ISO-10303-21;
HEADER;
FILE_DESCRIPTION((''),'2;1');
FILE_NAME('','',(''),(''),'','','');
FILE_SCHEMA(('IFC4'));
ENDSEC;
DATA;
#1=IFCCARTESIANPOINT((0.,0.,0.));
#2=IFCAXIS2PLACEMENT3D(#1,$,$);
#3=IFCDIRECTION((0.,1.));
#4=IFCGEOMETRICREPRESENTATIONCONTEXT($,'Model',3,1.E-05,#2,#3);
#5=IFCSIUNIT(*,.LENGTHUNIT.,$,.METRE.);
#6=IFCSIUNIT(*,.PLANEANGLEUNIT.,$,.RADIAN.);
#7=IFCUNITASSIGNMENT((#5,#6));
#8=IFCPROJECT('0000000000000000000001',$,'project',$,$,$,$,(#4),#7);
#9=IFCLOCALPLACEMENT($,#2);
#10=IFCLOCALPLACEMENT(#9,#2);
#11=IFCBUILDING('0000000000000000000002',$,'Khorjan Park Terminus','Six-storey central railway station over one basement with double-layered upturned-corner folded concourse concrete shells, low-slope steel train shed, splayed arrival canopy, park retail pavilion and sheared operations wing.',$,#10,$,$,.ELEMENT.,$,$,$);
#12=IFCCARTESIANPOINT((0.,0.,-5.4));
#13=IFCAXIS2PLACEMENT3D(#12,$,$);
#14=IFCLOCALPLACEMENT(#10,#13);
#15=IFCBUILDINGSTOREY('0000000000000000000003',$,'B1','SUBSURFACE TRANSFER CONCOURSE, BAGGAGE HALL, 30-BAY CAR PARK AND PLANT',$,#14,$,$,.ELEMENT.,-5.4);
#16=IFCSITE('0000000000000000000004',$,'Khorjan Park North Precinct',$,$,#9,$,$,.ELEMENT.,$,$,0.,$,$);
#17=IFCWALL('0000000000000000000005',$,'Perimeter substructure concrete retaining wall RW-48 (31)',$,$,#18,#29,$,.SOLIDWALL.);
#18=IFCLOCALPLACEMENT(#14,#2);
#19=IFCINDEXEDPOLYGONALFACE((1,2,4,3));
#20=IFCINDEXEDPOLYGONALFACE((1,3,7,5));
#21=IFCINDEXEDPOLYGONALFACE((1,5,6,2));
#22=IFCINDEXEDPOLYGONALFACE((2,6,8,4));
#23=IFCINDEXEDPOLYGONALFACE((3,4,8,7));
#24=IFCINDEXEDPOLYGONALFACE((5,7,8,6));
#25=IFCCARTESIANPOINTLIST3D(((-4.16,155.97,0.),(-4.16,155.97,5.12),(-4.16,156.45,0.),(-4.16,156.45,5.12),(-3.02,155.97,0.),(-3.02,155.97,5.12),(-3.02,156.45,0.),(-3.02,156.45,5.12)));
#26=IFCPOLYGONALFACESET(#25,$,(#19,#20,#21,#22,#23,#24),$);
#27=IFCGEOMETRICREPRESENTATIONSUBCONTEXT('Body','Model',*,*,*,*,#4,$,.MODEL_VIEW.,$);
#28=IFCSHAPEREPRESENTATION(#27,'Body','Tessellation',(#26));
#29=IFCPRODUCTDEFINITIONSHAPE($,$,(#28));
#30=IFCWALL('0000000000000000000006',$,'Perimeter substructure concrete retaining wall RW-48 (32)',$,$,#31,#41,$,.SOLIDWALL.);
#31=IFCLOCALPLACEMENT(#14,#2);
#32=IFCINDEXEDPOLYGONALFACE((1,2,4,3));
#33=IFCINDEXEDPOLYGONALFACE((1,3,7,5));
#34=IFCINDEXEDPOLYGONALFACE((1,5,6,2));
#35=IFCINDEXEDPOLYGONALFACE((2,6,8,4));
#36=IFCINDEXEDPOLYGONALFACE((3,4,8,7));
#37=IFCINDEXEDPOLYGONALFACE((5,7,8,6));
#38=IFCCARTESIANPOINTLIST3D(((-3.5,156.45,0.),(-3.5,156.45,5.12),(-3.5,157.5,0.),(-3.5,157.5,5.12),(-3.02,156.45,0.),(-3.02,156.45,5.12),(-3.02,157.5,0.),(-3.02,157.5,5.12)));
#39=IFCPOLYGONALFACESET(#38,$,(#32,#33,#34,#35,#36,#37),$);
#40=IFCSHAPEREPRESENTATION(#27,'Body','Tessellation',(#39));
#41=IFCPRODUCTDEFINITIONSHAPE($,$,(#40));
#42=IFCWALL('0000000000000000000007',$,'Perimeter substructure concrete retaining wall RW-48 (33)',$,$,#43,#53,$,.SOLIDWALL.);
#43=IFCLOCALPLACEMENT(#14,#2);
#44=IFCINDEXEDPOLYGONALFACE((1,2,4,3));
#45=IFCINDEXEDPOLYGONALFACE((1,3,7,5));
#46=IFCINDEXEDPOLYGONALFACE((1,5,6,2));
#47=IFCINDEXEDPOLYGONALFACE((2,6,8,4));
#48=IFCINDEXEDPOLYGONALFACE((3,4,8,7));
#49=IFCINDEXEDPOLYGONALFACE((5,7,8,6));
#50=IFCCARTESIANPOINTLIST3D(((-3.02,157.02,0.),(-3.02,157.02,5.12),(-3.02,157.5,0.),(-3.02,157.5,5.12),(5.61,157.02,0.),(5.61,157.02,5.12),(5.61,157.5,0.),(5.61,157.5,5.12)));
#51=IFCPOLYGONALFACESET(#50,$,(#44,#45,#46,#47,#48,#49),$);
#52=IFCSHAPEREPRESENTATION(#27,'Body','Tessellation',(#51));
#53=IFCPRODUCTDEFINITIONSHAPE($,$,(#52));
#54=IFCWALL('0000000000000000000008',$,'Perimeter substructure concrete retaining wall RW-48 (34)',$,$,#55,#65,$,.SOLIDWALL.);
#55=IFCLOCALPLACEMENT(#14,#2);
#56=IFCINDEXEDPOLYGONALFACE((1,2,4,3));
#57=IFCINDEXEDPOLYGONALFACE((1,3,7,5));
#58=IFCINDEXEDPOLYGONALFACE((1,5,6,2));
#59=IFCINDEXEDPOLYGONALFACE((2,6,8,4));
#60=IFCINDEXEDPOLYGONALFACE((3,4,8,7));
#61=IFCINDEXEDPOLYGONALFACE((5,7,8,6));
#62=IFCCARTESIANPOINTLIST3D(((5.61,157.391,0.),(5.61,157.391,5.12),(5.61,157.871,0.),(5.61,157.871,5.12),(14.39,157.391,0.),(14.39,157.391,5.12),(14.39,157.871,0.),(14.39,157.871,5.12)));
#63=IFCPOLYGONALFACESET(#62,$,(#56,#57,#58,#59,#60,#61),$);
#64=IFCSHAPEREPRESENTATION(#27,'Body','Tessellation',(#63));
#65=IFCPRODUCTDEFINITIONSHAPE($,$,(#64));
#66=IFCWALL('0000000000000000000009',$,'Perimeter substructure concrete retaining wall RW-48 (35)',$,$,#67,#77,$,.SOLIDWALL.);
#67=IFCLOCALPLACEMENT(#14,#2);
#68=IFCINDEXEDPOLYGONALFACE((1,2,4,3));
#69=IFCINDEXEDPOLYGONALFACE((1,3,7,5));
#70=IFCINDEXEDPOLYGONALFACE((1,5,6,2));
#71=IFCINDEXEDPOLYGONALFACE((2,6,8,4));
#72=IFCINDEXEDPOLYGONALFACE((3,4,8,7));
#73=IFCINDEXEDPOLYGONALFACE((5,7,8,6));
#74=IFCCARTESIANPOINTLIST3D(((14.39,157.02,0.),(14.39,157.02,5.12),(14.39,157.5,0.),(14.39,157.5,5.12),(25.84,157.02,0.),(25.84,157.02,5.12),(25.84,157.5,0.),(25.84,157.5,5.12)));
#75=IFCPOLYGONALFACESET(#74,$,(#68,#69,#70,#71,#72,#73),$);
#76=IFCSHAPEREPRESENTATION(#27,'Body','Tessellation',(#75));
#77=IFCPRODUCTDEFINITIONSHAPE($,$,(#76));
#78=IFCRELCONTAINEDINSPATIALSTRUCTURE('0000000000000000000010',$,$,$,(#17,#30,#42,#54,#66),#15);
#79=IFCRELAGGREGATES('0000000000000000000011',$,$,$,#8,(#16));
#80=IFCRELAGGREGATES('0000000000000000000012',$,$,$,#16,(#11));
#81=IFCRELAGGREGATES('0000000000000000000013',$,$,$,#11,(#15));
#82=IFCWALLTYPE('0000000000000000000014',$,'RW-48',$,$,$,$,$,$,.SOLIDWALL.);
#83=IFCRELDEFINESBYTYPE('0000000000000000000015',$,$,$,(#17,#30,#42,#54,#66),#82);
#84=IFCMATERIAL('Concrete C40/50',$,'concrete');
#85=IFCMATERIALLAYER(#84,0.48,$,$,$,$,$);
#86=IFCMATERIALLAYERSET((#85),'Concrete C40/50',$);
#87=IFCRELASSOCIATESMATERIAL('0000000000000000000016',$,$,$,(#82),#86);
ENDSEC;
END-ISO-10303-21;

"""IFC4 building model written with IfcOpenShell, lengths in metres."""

from ifc_helpers import new_model, si_unit, direction, frame, frame_2d, origin, place, context, subcontext, project, spatial, rectangle, extrude, material, layer, layer_set, type_object, element, save


model = new_model("IFC4")

# Units and contexts
model_context = context("Model", 3, precision=1e-05, world=origin(), true_north=direction((0.0, 1.0)))
body_context = subcontext(model_context, "Body", "Model", "MODEL_VIEW")
ifc_project = project(units=[si_unit("LENGTHUNIT", "METRE"), si_unit("PLANEANGLEUNIT", "RADIAN")], contexts=[model_context])

# Site, building, storey
site_placement = place(None, origin())
site = spatial("IfcSite", under=ifc_project, at=site_placement, Name="Khorjan Park North Precinct", CompositionType="ELEMENT", RefElevation=0.0)
building_placement = place(site_placement, origin())
building = spatial("IfcBuilding", under=site, at=building_placement, Name="Khorjan Park Terminus", Description="Six-storey central railway station over one basement with double-layered upturned-corner folded concourse concrete shells, low-slope steel train shed, splayed arrival canopy, park retail pavilion and sheared operations wing.", CompositionType="ELEMENT")
storey_placement = place(building_placement, frame((0.0, 0.0, -5.4)))
storey = spatial("IfcBuildingStorey", under=building, at=storey_placement, Name="B1", Description="SUBSURFACE TRANSFER CONCOURSE, BAGGAGE HALL, 30-BAY CAR PARK AND PLANT", CompositionType="ELEMENT", Elevation=-5.4)

# Shared definitions
ifc_material_1 = material(Name="Concrete C40/50", Category="concrete")

# Walls
ifc_layer = layer(ifc_material_1, 0.48)
ifc_layer_set = layer_set([ifc_layer], Name="Concrete C40/50")
wall_type = type_object("IfcWallType", Name="RW-48", PredefinedType="SOLIDWALL", material=ifc_layer_set)
wall_1_placement = place(storey_placement, frame((-4.16, 156.21, 0.0), z_axis=(0.0, 0.0, 1.0), x_axis=(1.0, 0.0, 0.0)))
element("IfcWall", 1, at=wall_1_placement, inside=storey, type_object=wall_type, Name="Perimeter substructure concrete retaining wall RW-48 (31)", PredefinedType="SOLIDWALL", context=body_context, shape_type="SweptSolid", body=[
    extrude(rectangle(XDim=1.14, YDim=0.48, at=frame_2d((0.57, 0.0))), origin(), (0.0, 0.0, 1.0), 5.12),
])
wall_2_placement = place(storey_placement, frame((-3.26, 156.45, 0.0), z_axis=(0.0, 0.0, 1.0), x_axis=(0.0, 1.0, 0.0)))
element("IfcWall", 2, at=wall_2_placement, inside=storey, type_object=wall_type, Name="Perimeter substructure concrete retaining wall RW-48 (32)", PredefinedType="SOLIDWALL", context=body_context, shape_type="SweptSolid", body=[
    extrude(rectangle(XDim=1.05, YDim=0.48, at=frame_2d((0.525, 0.0))), origin(), (0.0, 0.0, 1.0), 5.12),
])
wall_3_placement = place(storey_placement, frame((-3.02, 157.26, 0.0), z_axis=(0.0, 0.0, 1.0), x_axis=(1.0, 0.0, 0.0)))
element("IfcWall", 3, at=wall_3_placement, inside=storey, type_object=wall_type, Name="Perimeter substructure concrete retaining wall RW-48 (33)", PredefinedType="SOLIDWALL", context=body_context, shape_type="SweptSolid", body=[
    extrude(rectangle(XDim=8.63, YDim=0.48, at=frame_2d((4.315, 0.0))), origin(), (0.0, 0.0, 1.0), 5.12),
])
wall_4_placement = place(storey_placement, frame((5.61, 157.631, 0.0), z_axis=(0.0, 0.0, 1.0), x_axis=(1.0, 0.0, 0.0)))
element("IfcWall", 4, at=wall_4_placement, inside=storey, type_object=wall_type, Name="Perimeter substructure concrete retaining wall RW-48 (34)", PredefinedType="SOLIDWALL", context=body_context, shape_type="SweptSolid", body=[
    extrude(rectangle(XDim=8.78, YDim=0.48, at=frame_2d((4.39, 0.0))), origin(), (0.0, 0.0, 1.0), 5.12),
])
wall_5_placement = place(storey_placement, frame((14.39, 157.26, 0.0), z_axis=(0.0, 0.0, 1.0), x_axis=(1.0, 0.0, 0.0)))
element("IfcWall", 5, at=wall_5_placement, inside=storey, type_object=wall_type, Name="Perimeter substructure concrete retaining wall RW-48 (35)", PredefinedType="SOLIDWALL", context=body_context, shape_type="SweptSolid", body=[
    extrude(rectangle(XDim=11.45, YDim=0.48, at=frame_2d((5.725, 0.0))), origin(), (0.0, 0.0, 1.0), 5.12),
])

save(model, "model.ifc")
